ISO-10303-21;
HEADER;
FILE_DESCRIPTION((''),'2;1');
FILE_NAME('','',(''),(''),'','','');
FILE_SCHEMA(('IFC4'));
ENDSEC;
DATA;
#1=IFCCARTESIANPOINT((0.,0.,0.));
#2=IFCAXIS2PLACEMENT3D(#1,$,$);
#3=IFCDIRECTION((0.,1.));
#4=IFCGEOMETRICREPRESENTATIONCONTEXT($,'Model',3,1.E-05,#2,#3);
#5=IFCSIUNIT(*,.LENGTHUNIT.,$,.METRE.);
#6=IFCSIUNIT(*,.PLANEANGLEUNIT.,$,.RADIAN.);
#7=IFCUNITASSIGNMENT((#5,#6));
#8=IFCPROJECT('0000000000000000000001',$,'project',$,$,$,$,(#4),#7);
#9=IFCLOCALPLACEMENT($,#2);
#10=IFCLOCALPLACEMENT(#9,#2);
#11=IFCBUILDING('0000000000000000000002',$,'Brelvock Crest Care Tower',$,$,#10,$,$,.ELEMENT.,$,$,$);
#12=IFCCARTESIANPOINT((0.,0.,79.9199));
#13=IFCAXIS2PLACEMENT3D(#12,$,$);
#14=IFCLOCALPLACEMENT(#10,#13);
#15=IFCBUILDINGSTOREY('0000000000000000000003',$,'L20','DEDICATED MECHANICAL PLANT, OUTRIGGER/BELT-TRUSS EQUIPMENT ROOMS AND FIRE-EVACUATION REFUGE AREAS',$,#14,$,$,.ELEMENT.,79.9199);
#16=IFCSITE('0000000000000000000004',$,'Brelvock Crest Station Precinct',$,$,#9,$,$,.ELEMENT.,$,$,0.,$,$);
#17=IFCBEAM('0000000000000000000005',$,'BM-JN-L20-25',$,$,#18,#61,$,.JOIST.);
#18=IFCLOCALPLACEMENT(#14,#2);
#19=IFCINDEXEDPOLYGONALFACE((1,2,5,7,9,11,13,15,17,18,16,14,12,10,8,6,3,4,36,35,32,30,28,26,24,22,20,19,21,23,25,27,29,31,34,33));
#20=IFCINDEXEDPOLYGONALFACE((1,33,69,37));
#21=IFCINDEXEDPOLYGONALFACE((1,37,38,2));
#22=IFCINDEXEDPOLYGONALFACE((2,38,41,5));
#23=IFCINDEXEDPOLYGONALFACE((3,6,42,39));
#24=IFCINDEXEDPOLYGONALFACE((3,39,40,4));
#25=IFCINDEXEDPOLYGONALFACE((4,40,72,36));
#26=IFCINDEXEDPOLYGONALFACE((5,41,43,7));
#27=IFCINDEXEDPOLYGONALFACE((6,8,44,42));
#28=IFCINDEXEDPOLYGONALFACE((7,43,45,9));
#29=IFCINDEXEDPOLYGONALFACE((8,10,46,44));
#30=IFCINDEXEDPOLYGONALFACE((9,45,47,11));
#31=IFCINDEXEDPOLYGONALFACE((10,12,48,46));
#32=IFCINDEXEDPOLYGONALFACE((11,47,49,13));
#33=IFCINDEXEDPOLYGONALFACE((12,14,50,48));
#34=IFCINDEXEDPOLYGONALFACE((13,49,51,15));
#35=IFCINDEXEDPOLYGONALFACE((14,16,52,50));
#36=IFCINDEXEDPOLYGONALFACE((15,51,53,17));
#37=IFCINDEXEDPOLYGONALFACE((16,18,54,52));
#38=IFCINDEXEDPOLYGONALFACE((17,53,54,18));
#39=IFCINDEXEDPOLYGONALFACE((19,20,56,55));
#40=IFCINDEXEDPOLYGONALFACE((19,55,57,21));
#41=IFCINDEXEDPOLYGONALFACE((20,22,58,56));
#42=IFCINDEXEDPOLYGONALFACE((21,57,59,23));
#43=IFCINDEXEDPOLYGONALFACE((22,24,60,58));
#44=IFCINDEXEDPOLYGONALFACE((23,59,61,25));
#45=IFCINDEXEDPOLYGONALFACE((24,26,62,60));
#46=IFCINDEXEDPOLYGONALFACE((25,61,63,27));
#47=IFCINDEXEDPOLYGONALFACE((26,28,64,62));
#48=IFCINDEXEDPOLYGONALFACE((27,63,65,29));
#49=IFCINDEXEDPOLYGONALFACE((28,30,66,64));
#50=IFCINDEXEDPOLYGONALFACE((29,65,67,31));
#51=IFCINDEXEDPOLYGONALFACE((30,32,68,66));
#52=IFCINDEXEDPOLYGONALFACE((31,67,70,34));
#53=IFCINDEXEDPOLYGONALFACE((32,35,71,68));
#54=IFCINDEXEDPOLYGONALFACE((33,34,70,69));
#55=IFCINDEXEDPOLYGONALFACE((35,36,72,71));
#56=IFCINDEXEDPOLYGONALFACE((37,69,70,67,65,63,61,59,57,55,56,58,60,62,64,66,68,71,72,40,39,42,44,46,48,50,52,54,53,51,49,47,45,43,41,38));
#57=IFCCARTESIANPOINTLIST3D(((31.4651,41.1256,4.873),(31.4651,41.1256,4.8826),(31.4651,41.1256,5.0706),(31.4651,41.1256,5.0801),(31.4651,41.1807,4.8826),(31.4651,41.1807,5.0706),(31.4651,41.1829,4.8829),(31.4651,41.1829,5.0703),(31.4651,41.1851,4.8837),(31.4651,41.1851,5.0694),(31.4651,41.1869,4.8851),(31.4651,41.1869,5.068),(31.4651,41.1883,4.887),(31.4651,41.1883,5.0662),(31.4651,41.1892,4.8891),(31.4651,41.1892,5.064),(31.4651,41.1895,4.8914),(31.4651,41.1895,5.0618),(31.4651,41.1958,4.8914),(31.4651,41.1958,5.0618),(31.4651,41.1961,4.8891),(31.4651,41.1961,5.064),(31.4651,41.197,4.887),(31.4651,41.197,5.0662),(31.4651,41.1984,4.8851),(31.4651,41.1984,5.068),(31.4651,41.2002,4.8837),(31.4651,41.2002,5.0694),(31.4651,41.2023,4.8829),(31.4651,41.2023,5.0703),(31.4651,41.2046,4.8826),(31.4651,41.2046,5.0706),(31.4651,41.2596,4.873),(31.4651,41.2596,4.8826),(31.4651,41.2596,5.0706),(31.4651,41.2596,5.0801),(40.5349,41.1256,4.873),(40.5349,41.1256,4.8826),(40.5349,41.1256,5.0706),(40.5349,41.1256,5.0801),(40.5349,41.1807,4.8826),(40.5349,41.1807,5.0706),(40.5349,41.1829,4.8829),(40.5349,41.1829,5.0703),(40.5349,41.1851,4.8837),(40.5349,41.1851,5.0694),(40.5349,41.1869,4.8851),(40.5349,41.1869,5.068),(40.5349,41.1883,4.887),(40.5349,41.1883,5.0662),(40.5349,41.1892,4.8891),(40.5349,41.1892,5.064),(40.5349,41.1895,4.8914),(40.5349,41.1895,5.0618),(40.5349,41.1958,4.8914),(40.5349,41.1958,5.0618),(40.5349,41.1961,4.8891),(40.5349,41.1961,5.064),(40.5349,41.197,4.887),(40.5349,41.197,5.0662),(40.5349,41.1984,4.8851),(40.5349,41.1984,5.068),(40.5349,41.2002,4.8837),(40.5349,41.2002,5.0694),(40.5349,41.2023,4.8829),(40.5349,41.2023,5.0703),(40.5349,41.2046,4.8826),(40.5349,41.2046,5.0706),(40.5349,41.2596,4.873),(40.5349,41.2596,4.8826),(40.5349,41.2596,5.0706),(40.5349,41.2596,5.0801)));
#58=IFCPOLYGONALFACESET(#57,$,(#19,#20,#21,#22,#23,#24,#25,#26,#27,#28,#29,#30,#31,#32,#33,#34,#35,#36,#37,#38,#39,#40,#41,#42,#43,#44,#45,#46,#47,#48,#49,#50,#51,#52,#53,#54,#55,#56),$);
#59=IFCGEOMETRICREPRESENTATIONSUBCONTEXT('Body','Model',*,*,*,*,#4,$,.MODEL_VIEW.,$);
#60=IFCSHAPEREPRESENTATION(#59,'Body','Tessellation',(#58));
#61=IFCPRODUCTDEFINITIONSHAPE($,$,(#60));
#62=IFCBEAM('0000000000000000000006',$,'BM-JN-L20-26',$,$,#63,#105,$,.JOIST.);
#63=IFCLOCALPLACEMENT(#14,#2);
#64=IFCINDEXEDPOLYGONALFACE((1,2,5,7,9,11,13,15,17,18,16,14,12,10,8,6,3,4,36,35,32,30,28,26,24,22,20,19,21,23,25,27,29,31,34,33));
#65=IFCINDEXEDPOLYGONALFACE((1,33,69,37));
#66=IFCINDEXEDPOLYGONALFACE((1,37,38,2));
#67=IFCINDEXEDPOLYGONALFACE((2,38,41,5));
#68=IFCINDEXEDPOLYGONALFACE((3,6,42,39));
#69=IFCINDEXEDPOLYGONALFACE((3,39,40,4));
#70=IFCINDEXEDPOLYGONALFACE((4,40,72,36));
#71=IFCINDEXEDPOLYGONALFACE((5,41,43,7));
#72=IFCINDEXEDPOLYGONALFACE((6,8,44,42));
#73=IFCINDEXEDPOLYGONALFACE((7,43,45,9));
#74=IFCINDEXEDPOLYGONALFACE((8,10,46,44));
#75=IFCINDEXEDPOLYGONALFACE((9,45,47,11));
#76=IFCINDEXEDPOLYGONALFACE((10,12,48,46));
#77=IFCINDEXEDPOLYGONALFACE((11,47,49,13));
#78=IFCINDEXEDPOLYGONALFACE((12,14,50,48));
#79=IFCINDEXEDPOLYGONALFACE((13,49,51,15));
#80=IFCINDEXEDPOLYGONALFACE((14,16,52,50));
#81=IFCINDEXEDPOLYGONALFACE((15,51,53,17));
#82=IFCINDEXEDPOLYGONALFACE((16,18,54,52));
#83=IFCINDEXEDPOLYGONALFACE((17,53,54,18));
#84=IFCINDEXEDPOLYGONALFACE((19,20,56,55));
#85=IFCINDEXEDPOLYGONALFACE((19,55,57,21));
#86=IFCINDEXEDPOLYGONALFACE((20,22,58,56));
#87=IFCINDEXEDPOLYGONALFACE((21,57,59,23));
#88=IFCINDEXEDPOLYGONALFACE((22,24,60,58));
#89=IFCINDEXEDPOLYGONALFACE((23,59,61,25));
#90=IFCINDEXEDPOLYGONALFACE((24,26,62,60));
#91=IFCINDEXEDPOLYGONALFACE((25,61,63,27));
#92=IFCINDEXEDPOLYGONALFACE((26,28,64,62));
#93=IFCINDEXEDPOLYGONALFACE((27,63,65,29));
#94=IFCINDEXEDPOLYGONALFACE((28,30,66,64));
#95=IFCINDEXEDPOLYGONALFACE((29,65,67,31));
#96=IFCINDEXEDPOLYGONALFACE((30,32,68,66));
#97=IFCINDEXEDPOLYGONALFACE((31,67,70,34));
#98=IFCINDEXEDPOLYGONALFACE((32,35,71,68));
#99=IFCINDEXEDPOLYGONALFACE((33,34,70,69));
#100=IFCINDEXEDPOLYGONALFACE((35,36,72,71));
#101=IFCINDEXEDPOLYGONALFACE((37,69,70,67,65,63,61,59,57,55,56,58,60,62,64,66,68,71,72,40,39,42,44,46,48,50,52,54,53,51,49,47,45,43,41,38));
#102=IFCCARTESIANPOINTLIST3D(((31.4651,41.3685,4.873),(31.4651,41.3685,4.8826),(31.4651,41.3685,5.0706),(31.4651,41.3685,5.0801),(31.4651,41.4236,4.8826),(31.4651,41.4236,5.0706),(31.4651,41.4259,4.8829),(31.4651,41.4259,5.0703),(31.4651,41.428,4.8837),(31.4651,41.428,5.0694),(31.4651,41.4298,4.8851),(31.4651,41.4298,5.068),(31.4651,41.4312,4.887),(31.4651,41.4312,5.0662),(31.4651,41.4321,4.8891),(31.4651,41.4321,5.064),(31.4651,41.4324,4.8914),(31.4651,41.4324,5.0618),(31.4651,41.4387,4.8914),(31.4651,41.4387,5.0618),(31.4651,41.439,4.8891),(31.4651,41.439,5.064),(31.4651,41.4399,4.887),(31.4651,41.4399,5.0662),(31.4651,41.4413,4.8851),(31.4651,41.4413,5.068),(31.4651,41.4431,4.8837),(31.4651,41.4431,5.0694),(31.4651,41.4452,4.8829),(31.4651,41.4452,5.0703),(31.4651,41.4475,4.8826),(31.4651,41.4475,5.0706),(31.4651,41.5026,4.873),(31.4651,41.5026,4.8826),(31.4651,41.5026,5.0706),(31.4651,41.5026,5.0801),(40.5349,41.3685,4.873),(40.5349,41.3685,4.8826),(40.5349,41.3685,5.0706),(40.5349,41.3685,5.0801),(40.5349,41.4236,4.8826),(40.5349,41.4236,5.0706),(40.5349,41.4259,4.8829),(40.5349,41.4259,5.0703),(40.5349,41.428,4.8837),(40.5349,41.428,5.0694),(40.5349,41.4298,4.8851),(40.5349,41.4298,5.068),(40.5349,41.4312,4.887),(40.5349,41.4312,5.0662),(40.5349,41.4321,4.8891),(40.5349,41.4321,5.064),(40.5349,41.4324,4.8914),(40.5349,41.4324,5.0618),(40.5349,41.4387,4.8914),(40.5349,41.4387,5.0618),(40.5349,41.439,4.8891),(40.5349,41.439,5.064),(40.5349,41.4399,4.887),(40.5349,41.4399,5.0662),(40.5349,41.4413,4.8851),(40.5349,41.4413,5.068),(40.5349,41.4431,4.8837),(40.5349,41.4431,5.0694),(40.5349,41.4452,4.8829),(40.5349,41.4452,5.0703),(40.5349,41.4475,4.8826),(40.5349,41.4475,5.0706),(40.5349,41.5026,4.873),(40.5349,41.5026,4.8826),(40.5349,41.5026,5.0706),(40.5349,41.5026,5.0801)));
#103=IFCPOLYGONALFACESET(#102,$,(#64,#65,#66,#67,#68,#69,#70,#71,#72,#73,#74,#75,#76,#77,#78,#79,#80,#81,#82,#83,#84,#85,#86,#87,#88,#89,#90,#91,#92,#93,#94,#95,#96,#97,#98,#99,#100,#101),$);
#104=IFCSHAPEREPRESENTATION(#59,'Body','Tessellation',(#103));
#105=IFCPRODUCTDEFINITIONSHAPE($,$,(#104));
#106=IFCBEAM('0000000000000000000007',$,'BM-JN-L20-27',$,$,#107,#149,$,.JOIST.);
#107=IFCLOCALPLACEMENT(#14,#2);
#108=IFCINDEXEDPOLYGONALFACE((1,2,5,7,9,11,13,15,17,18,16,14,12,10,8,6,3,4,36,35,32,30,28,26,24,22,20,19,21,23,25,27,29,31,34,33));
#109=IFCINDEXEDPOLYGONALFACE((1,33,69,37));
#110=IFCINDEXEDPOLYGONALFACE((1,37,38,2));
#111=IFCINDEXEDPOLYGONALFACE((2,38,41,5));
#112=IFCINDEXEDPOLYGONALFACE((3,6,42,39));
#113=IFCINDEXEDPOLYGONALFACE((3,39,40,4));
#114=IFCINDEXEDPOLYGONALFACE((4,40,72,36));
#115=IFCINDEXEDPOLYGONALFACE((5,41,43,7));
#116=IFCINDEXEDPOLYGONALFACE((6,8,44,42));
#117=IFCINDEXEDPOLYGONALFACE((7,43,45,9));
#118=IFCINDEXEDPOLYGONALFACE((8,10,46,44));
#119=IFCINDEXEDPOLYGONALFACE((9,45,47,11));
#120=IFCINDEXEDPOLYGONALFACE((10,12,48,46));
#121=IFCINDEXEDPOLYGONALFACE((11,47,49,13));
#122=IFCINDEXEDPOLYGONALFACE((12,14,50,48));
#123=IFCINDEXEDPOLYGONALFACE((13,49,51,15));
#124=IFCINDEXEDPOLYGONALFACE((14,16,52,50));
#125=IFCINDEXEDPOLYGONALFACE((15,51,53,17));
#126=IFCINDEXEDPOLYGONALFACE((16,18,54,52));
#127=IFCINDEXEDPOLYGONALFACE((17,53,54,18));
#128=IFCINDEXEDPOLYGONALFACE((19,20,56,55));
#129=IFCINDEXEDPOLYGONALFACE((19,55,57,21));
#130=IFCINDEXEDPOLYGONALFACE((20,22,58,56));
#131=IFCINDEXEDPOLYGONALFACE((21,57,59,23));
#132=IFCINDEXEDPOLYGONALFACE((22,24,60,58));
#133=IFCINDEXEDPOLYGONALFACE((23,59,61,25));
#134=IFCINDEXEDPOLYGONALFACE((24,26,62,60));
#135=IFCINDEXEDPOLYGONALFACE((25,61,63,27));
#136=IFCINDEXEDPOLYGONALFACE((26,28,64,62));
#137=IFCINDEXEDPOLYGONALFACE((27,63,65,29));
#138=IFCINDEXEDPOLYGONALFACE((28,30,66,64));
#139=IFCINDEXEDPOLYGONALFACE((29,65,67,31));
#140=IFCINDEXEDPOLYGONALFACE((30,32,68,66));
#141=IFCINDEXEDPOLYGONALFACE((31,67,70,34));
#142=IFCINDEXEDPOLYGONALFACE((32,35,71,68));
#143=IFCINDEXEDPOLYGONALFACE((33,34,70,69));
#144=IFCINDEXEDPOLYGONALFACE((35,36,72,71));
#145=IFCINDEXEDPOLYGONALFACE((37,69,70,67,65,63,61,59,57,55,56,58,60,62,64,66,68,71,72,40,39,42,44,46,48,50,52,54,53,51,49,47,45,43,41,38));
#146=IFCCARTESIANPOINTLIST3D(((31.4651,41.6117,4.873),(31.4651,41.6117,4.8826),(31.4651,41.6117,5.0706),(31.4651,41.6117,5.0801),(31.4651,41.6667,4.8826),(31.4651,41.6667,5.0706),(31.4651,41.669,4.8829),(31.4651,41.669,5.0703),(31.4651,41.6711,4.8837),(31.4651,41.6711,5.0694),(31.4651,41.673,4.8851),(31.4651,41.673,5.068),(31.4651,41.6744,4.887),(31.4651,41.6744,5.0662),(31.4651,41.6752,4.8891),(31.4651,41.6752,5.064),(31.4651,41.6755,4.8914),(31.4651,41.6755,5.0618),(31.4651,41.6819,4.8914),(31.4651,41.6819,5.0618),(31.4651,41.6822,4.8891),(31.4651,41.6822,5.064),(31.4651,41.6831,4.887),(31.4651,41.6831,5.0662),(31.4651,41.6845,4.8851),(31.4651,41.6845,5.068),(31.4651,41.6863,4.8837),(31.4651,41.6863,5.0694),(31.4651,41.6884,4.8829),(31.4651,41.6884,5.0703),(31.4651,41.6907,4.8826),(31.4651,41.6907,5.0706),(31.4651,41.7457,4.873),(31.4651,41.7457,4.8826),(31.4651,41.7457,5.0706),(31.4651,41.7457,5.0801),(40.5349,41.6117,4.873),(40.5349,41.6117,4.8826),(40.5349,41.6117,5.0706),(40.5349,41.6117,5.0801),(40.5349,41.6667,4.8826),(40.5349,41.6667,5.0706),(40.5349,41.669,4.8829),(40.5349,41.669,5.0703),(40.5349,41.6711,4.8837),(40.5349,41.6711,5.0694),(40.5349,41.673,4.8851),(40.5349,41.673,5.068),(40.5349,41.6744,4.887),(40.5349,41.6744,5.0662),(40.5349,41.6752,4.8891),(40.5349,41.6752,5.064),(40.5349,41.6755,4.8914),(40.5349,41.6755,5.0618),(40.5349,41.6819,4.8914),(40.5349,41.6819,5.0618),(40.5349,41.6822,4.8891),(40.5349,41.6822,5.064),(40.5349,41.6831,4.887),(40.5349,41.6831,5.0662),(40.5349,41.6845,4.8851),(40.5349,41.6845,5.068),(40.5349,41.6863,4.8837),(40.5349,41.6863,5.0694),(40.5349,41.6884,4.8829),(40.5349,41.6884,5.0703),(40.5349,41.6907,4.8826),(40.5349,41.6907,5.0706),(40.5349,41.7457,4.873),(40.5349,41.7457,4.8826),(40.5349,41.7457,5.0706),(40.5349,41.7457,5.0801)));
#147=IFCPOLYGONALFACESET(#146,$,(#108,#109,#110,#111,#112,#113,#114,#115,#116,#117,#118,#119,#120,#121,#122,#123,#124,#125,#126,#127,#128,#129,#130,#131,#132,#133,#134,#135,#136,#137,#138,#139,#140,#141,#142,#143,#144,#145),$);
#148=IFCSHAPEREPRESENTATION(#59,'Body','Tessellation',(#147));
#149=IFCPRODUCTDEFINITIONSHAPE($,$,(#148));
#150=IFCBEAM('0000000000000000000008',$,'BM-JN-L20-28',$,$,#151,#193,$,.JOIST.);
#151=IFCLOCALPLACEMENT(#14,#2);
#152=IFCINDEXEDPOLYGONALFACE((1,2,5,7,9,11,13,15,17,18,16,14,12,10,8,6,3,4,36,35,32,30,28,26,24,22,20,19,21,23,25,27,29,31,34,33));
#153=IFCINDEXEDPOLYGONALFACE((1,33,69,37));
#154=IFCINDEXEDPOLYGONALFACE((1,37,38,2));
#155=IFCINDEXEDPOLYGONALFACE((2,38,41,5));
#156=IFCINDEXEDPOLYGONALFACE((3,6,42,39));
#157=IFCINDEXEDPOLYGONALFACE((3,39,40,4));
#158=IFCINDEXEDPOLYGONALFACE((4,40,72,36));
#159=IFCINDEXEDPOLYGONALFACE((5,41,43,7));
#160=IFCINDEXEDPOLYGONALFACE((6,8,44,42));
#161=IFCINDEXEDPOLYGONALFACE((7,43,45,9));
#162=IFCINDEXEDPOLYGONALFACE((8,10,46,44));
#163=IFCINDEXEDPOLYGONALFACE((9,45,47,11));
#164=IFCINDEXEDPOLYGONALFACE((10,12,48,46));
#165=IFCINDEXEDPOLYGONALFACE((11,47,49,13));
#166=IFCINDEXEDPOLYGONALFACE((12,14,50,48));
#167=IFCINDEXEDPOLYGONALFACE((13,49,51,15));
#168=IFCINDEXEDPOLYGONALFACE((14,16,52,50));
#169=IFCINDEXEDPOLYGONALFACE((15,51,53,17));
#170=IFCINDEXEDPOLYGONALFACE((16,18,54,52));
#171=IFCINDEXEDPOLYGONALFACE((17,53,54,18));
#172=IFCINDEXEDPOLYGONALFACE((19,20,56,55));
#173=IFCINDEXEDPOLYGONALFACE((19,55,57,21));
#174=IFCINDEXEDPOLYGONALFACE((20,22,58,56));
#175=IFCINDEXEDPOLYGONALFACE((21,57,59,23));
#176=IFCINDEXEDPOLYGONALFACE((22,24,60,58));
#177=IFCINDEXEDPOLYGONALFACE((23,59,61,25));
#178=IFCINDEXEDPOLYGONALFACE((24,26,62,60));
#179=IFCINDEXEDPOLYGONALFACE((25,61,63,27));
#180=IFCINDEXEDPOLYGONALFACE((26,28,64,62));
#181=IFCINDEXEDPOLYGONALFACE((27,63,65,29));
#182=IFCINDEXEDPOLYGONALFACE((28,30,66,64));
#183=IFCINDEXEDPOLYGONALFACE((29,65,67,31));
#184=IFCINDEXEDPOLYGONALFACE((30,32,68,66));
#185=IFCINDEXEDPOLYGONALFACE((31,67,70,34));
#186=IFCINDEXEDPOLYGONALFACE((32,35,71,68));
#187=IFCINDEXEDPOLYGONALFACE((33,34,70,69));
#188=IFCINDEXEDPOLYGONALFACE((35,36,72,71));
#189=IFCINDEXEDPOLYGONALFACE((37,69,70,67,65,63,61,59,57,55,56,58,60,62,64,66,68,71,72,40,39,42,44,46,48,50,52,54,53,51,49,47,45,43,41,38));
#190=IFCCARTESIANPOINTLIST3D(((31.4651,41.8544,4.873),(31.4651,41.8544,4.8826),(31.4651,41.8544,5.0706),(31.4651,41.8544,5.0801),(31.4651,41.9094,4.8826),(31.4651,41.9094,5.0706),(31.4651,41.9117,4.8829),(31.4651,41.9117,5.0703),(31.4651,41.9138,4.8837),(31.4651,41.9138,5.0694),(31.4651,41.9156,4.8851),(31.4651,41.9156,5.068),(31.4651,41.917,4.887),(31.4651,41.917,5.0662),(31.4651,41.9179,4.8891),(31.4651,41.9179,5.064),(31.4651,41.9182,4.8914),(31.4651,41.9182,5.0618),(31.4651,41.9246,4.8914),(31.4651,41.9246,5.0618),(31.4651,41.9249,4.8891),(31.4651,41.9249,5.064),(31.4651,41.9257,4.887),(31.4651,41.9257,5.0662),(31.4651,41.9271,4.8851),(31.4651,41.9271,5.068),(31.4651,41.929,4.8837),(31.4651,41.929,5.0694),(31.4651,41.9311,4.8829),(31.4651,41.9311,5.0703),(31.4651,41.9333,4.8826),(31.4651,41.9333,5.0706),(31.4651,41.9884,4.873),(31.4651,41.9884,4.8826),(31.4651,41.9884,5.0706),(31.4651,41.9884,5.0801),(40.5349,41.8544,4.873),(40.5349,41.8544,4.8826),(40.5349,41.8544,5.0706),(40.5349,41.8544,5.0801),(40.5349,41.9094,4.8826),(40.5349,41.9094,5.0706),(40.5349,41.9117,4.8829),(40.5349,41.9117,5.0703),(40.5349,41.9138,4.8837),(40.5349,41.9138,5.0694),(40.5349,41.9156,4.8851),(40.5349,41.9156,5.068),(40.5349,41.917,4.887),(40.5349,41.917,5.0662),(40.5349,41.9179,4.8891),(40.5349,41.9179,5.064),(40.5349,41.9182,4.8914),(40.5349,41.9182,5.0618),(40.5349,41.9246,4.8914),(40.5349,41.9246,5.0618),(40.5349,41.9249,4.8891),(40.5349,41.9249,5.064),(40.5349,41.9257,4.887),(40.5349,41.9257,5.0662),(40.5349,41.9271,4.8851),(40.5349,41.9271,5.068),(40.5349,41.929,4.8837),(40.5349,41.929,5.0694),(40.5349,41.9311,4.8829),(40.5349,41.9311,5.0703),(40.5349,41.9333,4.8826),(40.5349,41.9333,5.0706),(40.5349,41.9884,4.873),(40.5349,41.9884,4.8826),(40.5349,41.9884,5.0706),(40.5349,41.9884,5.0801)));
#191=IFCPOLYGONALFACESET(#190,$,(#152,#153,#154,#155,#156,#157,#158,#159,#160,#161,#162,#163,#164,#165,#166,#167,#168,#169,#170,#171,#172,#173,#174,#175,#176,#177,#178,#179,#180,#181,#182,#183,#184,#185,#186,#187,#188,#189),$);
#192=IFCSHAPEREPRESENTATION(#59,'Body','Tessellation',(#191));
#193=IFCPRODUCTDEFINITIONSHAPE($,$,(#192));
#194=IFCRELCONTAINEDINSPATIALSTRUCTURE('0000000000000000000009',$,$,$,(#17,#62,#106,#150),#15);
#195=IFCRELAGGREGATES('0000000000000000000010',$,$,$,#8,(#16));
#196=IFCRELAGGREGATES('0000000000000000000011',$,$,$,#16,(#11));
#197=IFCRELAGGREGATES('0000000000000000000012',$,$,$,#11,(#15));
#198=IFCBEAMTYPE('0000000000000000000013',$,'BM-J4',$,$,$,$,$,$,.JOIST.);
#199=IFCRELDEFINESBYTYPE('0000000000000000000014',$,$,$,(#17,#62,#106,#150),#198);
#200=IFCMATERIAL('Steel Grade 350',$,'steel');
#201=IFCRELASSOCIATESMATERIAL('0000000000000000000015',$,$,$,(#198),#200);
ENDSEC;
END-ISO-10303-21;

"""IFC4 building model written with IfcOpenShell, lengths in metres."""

from ifc_helpers import new_model, si_unit, direction, frame, origin, origin_2d, place, context, subcontext, project, spatial, i_section, extrude, source, transform, mapped, material, material_profile, profile_set, type_object, element, save


model = new_model("IFC4")

# Units and contexts
model_context = context("Model", 3, precision=1e-05, world=origin(), true_north=direction((0.0, 1.0)))
body_context = subcontext(model_context, "Body", "Model", "MODEL_VIEW")
ifc_project = project(units=[si_unit("LENGTHUNIT", "METRE"), si_unit("PLANEANGLEUNIT", "RADIAN")], contexts=[model_context])

# Site, building, storey
site_placement = place(None, origin())
site = spatial("IfcSite", under=ifc_project, at=site_placement, Name="Brelvock Crest Station Precinct", CompositionType="ELEMENT", RefElevation=0.0)
building_placement = place(site_placement, origin())
building = spatial("IfcBuilding", under=site, at=building_placement, Name="Brelvock Crest Care Tower", CompositionType="ELEMENT")
storey_placement = place(building_placement, frame((0.0, 0.0, 79.9199)))
storey = spatial("IfcBuildingStorey", under=building, at=storey_placement, Name="L20", Description="DEDICATED MECHANICAL PLANT, OUTRIGGER/BELT-TRUSS EQUIPMENT ROOMS AND FIRE-EVACUATION REFUGE AREAS", CompositionType="ELEMENT", Elevation=79.9199)

# Beams
ifc_material_1 = material(Name="Steel Grade 350", Category="steel")
ifc_material_profile_1 = material_profile(ifc_material_1, i_section(OverallWidth=0.134, OverallDepth=0.207, WebThickness=0.0063, FlangeThickness=0.0095, FilletRadius=0.0088, at=origin_2d()), Name="200UB29.8")
ifc_profile_set_1 = profile_set([ifc_material_profile_1], Name="Steel Grade 350")
beam_type_1 = type_object("IfcBeamType", Name="BM-J4", PredefinedType="JOIST", material=ifc_profile_set_1)
shared_shape_1 = source(origin(), body_context, "Body", "SweptSolid", [
    extrude(i_section(OverallWidth=0.134, OverallDepth=0.207, WebThickness=0.0063, FlangeThickness=0.0095, FilletRadius=0.0088, at=origin_2d()), origin(), (0.0, 0.0, 1.0), 9.0698),
])
for number, where, z_axis, x_axis, name in (
    (1, (31.4651, 41.1926, 4.9766), (1.0, 0.0, 0.0), (0.0, 1.0, 0.0), "BM-JN-L20-25"),
    (2, (31.4651, 41.4355, 4.9766), (1.0, 0.0, 0.0), (0.0, 1.0, 0.0), "BM-JN-L20-26"),
    (3, (31.4651, 41.6787, 4.9766), (1.0, 0.0, 0.0), (0.0, 1.0, 0.0), "BM-JN-L20-27"),
    (4, (31.4651, 41.9214, 4.9766), (1.0, 0.0, 0.0), (0.0, 1.0, 0.0), "BM-JN-L20-28"),
):
    element("IfcBeam", number, at=place(storey_placement, frame(where, z_axis=z_axis, x_axis=x_axis)), inside=storey, type_object=beam_type_1, Name=name, PredefinedType="JOIST", context=body_context, shape_type="MappedRepresentation", body=[
        mapped(shared_shape_1, transform((0.0, 0.0, 0.0), x_axis=(1.0, 0.0, 0.0), y_axis=(0.0, 1.0, 0.0), z_axis=(0.0, 0.0, 1.0), scale=1.0)),
    ])

save(model, "model.ifc")
